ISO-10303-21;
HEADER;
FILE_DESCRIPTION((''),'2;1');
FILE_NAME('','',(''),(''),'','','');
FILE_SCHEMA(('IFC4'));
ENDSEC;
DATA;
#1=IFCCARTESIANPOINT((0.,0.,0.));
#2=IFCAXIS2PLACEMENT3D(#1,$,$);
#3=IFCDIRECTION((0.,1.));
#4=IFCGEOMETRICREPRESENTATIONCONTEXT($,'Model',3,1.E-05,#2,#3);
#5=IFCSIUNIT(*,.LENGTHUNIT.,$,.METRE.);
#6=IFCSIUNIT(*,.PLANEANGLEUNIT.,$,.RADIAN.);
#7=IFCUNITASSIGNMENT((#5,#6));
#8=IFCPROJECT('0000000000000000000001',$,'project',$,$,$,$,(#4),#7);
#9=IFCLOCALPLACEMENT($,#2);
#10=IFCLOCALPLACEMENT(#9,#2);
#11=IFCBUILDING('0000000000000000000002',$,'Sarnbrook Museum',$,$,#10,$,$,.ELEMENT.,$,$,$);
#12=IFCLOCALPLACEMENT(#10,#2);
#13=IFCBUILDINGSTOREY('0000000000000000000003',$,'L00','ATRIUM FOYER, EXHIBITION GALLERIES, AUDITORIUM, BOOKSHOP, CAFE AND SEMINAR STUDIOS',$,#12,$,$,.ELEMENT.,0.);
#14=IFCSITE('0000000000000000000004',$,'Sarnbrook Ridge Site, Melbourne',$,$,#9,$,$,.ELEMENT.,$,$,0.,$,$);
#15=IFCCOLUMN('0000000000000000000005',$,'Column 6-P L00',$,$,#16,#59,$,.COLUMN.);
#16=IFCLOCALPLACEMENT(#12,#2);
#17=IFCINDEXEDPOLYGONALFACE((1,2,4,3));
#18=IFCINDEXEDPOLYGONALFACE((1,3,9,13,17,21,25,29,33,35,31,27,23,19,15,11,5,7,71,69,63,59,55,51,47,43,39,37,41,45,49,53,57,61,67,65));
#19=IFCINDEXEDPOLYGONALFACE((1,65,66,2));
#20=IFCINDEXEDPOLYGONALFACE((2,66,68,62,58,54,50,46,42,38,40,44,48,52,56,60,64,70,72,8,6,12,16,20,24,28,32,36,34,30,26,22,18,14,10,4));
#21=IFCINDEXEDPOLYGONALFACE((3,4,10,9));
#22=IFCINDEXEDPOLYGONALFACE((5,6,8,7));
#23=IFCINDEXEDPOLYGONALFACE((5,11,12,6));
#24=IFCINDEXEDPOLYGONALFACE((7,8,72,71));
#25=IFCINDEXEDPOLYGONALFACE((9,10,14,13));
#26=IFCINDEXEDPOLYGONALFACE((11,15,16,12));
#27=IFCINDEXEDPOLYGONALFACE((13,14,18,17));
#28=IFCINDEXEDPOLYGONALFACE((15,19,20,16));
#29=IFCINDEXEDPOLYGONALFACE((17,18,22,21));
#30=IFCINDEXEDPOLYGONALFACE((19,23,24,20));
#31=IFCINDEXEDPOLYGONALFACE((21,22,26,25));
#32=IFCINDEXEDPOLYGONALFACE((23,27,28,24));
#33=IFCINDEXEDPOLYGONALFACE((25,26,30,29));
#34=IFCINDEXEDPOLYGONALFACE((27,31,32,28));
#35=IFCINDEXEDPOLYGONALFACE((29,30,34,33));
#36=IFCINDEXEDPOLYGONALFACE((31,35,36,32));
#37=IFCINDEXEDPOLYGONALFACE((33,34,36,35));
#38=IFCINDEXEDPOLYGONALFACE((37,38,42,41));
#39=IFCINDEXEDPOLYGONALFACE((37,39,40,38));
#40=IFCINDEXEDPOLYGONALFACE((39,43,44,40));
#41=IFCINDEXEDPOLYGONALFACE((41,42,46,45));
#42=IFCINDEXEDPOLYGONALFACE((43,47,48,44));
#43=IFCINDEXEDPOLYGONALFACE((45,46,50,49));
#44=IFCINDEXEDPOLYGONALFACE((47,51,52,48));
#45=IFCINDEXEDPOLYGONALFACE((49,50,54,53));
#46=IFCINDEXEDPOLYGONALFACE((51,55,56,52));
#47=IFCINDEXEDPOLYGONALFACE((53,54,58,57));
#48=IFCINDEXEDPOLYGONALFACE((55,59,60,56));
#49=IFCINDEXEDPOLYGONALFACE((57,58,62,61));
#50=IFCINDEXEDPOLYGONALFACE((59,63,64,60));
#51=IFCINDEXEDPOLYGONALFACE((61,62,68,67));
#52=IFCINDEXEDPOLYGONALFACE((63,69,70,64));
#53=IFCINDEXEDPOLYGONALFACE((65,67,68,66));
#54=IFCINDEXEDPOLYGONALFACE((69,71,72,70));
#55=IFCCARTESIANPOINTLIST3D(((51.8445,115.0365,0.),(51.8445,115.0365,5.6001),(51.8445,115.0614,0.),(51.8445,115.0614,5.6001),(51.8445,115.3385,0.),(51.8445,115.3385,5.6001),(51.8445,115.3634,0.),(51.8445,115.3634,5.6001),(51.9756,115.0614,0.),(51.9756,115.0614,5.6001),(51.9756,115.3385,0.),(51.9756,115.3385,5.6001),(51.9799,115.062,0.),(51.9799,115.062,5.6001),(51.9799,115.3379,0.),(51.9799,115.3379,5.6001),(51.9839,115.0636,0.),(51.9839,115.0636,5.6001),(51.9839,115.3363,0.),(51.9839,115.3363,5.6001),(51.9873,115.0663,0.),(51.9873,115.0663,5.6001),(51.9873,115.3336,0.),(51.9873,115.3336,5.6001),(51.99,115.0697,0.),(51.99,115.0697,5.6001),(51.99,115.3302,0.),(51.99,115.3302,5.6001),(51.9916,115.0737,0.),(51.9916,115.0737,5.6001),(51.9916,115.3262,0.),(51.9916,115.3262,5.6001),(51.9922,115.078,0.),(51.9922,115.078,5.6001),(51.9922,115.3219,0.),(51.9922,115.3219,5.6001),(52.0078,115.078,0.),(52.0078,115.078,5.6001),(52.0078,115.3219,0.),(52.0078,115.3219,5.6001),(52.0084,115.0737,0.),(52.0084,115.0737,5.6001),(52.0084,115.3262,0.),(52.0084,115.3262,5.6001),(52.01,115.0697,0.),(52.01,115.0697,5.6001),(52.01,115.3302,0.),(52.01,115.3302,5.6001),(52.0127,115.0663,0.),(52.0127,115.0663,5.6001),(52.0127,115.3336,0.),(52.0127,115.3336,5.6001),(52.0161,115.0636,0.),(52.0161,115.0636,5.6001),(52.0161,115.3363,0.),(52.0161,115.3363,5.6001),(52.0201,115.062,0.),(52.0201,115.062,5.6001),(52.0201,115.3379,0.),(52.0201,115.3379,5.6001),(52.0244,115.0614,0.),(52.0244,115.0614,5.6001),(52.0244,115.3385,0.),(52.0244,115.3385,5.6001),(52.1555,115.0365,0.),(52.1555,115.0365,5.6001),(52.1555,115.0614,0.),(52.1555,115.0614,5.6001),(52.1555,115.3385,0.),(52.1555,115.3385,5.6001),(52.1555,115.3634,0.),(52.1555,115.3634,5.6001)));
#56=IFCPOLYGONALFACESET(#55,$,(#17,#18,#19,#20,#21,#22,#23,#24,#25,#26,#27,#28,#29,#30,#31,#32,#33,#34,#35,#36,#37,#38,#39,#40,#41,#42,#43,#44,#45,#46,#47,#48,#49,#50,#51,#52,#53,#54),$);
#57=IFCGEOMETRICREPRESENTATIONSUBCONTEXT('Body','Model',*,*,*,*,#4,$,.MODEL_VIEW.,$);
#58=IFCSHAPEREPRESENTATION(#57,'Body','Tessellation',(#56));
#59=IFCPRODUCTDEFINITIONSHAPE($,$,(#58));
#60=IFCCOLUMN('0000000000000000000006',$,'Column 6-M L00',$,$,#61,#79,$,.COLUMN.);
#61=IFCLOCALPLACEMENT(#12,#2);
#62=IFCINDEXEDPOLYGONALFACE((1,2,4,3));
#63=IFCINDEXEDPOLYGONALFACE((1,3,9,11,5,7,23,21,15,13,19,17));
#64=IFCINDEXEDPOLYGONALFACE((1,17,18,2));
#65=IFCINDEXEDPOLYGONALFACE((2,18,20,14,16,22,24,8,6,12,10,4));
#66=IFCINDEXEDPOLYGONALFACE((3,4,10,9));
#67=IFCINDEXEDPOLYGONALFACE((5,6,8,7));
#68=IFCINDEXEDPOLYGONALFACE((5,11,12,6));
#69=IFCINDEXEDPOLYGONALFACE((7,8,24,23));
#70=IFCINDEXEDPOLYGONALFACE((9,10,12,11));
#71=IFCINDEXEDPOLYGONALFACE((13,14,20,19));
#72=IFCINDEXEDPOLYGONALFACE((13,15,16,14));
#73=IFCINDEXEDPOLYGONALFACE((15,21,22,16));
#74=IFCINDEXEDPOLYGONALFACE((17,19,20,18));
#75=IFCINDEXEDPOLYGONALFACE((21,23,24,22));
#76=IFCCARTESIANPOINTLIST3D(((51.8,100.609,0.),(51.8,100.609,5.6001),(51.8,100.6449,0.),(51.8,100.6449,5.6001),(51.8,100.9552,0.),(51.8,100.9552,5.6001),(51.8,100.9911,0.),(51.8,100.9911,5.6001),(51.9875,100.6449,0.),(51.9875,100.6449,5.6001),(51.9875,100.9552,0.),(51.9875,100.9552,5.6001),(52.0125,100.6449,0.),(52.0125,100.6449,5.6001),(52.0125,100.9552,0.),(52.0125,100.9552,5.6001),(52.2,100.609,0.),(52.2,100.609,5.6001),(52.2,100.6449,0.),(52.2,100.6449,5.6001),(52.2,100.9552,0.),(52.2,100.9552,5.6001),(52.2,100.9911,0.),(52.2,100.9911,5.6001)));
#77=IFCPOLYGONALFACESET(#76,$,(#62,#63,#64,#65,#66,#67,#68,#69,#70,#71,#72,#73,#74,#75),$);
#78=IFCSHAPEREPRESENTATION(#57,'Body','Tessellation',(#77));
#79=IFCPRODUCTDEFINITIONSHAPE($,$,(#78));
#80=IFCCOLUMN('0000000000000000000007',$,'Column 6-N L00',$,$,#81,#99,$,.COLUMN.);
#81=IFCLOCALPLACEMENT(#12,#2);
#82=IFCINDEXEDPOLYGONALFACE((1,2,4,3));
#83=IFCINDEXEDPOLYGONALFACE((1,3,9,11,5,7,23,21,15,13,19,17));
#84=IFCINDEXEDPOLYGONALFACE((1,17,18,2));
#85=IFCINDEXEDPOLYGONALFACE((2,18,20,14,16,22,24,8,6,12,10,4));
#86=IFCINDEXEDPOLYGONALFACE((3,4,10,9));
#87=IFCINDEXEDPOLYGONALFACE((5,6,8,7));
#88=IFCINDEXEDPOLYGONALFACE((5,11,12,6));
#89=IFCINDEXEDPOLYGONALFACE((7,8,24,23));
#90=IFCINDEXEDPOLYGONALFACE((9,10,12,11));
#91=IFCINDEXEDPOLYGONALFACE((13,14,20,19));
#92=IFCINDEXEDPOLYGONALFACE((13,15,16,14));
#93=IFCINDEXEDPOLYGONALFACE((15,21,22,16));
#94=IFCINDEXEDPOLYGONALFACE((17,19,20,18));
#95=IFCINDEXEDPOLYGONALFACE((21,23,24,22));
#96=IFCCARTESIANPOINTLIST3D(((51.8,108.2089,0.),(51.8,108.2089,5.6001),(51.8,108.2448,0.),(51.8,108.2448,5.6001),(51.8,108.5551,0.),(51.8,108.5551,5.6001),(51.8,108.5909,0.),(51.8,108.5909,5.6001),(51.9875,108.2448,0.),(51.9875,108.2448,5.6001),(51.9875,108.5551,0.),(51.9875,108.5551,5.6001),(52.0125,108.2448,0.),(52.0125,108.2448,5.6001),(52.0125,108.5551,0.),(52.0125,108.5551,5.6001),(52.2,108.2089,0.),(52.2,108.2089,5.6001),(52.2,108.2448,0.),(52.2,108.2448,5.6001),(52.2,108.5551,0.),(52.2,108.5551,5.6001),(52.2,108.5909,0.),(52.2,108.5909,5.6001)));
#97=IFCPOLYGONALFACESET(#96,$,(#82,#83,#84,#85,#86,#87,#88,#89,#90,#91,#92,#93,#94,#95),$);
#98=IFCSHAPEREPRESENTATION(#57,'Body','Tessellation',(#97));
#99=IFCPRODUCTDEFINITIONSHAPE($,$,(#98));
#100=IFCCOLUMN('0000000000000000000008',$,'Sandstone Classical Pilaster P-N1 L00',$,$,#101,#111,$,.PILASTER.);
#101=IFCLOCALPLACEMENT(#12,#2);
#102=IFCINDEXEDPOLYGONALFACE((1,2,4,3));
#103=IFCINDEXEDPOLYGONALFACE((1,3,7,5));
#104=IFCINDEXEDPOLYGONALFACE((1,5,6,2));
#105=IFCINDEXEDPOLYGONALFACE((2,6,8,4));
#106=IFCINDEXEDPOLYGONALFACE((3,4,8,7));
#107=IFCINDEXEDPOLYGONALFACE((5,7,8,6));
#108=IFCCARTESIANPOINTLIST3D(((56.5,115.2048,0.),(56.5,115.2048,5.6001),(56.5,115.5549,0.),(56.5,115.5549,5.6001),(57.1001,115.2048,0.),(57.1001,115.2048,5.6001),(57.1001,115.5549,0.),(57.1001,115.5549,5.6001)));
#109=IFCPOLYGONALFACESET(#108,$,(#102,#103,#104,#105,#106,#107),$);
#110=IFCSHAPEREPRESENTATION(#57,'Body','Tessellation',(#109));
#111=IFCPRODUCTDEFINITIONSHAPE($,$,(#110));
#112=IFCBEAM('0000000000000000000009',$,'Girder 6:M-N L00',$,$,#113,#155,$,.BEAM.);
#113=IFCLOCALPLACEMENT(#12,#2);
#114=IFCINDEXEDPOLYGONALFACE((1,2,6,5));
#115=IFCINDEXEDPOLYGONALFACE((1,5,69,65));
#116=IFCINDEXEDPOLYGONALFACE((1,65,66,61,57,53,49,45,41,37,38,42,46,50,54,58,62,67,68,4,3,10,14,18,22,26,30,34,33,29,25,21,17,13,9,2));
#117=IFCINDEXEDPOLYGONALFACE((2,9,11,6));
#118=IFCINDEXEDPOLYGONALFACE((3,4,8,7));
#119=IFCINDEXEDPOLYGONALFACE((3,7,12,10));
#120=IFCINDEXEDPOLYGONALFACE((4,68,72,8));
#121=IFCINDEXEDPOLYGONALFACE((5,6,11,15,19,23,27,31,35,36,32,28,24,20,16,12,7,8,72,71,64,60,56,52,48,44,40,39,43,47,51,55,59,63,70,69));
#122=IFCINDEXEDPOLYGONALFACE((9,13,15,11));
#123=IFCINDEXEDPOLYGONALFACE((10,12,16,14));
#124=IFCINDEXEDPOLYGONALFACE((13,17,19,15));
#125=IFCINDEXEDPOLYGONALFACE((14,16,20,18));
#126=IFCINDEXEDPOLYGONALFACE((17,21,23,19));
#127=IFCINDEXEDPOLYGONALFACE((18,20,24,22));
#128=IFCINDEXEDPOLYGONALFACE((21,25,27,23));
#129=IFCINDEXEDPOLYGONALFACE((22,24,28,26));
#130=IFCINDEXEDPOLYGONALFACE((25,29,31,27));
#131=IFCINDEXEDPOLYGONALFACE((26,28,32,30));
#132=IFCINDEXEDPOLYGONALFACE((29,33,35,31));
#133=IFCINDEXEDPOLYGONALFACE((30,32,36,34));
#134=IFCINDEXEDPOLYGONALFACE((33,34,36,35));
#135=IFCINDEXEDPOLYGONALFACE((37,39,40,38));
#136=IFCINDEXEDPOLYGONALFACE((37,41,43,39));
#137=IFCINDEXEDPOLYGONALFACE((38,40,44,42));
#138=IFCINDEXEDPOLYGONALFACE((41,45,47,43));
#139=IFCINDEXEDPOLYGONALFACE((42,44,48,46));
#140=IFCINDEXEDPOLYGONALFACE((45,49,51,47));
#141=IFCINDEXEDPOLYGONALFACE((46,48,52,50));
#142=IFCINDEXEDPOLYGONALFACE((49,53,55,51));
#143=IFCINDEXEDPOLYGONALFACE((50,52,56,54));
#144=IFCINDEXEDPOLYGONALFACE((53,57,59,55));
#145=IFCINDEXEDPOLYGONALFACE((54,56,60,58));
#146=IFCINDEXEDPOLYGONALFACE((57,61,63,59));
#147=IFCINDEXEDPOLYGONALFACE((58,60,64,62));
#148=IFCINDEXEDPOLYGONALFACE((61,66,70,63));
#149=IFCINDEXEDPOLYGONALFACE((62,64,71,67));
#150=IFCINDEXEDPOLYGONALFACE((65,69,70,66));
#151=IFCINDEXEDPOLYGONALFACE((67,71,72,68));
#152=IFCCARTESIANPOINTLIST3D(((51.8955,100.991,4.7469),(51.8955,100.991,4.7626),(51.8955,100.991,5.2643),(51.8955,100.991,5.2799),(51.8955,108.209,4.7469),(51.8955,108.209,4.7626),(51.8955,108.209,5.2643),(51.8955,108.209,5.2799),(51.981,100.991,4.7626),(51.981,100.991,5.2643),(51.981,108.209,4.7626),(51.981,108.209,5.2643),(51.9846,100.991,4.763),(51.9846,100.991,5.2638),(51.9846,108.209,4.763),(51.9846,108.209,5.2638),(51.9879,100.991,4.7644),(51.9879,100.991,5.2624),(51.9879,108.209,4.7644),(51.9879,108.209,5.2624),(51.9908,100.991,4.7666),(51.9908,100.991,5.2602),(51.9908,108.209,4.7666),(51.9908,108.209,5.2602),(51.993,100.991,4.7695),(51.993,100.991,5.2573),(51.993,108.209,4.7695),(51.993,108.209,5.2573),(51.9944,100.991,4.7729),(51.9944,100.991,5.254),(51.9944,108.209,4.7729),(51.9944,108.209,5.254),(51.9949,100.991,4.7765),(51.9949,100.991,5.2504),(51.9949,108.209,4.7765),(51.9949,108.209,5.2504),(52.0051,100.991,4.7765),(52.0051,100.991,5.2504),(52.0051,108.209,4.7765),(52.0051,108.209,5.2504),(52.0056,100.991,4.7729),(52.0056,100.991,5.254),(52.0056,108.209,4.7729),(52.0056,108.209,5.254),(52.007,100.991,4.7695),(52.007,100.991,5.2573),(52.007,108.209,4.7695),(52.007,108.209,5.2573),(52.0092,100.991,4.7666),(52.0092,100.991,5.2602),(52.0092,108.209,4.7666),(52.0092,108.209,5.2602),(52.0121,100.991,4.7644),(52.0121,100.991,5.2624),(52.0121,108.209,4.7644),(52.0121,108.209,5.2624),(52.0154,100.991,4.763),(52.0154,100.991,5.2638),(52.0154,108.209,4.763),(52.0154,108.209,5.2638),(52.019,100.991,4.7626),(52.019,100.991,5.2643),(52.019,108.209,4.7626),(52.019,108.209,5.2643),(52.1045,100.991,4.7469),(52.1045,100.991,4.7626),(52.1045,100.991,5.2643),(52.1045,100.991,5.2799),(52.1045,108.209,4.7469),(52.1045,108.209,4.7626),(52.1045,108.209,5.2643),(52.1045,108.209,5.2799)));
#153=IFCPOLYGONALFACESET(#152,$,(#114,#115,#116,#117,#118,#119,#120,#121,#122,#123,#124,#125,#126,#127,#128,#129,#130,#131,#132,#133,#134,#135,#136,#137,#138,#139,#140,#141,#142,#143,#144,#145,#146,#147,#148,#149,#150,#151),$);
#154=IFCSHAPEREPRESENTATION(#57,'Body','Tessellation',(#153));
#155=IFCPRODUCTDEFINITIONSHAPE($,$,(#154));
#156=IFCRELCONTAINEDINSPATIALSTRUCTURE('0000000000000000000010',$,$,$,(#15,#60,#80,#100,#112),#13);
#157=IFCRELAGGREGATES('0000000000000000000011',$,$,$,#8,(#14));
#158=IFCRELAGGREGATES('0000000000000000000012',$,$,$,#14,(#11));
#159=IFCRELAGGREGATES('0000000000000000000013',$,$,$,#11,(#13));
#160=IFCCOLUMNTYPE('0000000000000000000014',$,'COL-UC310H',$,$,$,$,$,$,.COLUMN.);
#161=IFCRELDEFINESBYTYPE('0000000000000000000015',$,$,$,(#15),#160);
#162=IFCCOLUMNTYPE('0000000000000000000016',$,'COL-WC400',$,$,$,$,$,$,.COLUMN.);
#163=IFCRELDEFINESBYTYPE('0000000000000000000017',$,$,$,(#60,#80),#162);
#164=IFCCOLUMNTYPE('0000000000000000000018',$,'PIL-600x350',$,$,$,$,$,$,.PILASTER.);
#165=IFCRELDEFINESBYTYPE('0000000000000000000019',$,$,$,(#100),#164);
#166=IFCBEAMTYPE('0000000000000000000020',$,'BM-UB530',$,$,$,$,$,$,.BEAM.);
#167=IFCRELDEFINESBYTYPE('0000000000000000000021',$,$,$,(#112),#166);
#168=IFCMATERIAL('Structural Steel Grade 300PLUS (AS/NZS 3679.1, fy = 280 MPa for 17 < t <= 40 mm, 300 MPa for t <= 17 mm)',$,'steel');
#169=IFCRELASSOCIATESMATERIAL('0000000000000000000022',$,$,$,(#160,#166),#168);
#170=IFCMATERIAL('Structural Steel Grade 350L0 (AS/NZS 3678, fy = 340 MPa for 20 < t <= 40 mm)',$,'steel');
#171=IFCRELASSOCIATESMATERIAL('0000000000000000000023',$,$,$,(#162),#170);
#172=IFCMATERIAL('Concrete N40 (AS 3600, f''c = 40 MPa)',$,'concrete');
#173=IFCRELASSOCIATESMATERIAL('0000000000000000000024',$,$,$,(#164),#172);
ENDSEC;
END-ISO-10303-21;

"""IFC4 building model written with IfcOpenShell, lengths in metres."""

from ifc_helpers import new_model, si_unit, direction, frame, origin, origin_2d, place, context, subcontext, project, spatial, rectangle, i_section, extrude, material, material_profile, profile_set, type_object, element, save


model = new_model("IFC4")

# Units and contexts
model_context = context("Model", 3, precision=1e-05, world=origin(), true_north=direction((0.0, 1.0)))
body_context = subcontext(model_context, "Body", "Model", "MODEL_VIEW")
ifc_project = project(units=[si_unit("LENGTHUNIT", "METRE"), si_unit("PLANEANGLEUNIT", "RADIAN")], contexts=[model_context])

# Site, building, storey
site_placement = place(None, origin())
site = spatial("IfcSite", under=ifc_project, at=site_placement, Name="Sarnbrook Ridge Site, Melbourne", CompositionType="ELEMENT", RefElevation=0.0)
building_placement = place(site_placement, origin())
building = spatial("IfcBuilding", under=site, at=building_placement, Name="Sarnbrook Museum", CompositionType="ELEMENT")
storey_placement = place(building_placement, origin())
storey = spatial("IfcBuildingStorey", under=building, at=storey_placement, Name="L00", Description="ATRIUM FOYER, EXHIBITION GALLERIES, AUDITORIUM, BOOKSHOP, CAFE AND SEMINAR STUDIOS", CompositionType="ELEMENT", Elevation=0.0)

# Columns
ifc_material_1 = material(Name="Structural Steel Grade 300PLUS (AS/NZS 3679.1, fy = 280 MPa for 17 < t <= 40 mm, 300 MPa for t <= 17 mm)", Category="steel")
ifc_material_profile_1 = material_profile(ifc_material_1, i_section(OverallWidth=0.311, OverallDepth=0.3269, WebThickness=0.0156, FlangeThickness=0.0249, FilletRadius=0.0166, at=origin_2d()), Name="310UC158")
ifc_profile_set_1 = profile_set([ifc_material_profile_1], Name="Structural Steel Grade 300PLUS (AS/NZS 3679.1, fy = 280 MPa for 17 < t <= 40 mm, 300 MPa for t <= 17 mm)")
column_type_1 = type_object("IfcColumnType", Name="COL-UC310H", PredefinedType="COLUMN", material=ifc_profile_set_1)
column_1_placement = place(storey_placement, frame((52.0, 115.2, 0.0), z_axis=(0.0, 0.0, 1.0), x_axis=(1.0, 0.0, 0.0)))
element("IfcColumn", 1, at=column_1_placement, inside=storey, type_object=column_type_1, Name="Column 6-P L00", PredefinedType="COLUMN", context=body_context, shape_type="SweptSolid", body=[
    extrude(i_section(OverallWidth=0.311, OverallDepth=0.3269, WebThickness=0.0156, FlangeThickness=0.0249, FilletRadius=0.0166, at=origin_2d()), origin(), (0.0, 0.0, 1.0), 5.6001),
])
ifc_material_2 = material(Name="Structural Steel Grade 350L0 (AS/NZS 3678, fy = 340 MPa for 20 < t <= 40 mm)", Category="steel")
ifc_material_profile_2 = material_profile(ifc_material_2, i_section(OverallWidth=0.3999, OverallDepth=0.3821, WebThickness=0.0249, FlangeThickness=0.0359, at=origin_2d()), Name="400WC270")
ifc_profile_set_2 = profile_set([ifc_material_profile_2], Name="Structural Steel Grade 350L0 (AS/NZS 3678, fy = 340 MPa for 20 < t <= 40 mm)")
column_type_2 = type_object("IfcColumnType", Name="COL-WC400", PredefinedType="COLUMN", material=ifc_profile_set_2)
for number, where, z_axis, x_axis, name in (
    (2, (52.0, 100.8, 0.0), (0.0, 0.0, 1.0), (1.0, 0.0, 0.0), "Column 6-M L00"),
    (3, (52.0, 108.3999, 0.0), (0.0, 0.0, 1.0), (1.0, 0.0, 0.0), "Column 6-N L00"),
):
    element("IfcColumn", number, at=place(storey_placement, frame(where, z_axis=z_axis, x_axis=x_axis)), inside=storey, type_object=column_type_2, Name=name, PredefinedType="COLUMN", context=body_context, shape_type="SweptSolid", body=[
        extrude(i_section(OverallWidth=0.3999, OverallDepth=0.3821, WebThickness=0.0249, FlangeThickness=0.0359, at=origin_2d()), origin(), (0.0, 0.0, 1.0), 5.6001),
    ])
ifc_material_3 = material(Name="Concrete N40 (AS 3600, f'c = 40 MPa)", Category="concrete")
ifc_material_profile_3 = material_profile(ifc_material_3, rectangle(XDim=0.6001, YDim=0.3501, at=origin_2d()), Name="PILASTER 600x350")
ifc_profile_set_3 = profile_set([ifc_material_profile_3], Name="Concrete N40 (AS 3600, f'c = 40 MPa)")
column_type_3 = type_object("IfcColumnType", Name="PIL-600x350", PredefinedType="PILASTER", material=ifc_profile_set_3)
column_2_placement = place(storey_placement, frame((56.8, 115.3799, 0.0), z_axis=(0.0, 0.0, 1.0), x_axis=(1.0, 0.0, 0.0)))
element("IfcColumn", 4, at=column_2_placement, inside=storey, type_object=column_type_3, Name="Sandstone Classical Pilaster P-N1 L00", PredefinedType="PILASTER", context=body_context, shape_type="SweptSolid", body=[
    extrude(rectangle(XDim=0.6001, YDim=0.3501, at=origin_2d()), origin(), (0.0, 0.0, 1.0), 5.6001),
])

# Beam
ifc_material_profile_4 = material_profile(ifc_material_1, i_section(OverallWidth=0.209, OverallDepth=0.533, WebThickness=0.0103, FlangeThickness=0.0156, FilletRadius=0.0139, at=origin_2d()), Name="530UB92.4")
ifc_profile_set_4 = profile_set([ifc_material_profile_4], Name="Structural Steel Grade 300PLUS (AS/NZS 3679.1, fy = 280 MPa for 17 < t <= 40 mm, 300 MPa for t <= 17 mm)")
beam_type_1 = type_object("IfcBeamType", Name="BM-UB530", PredefinedType="BEAM", material=ifc_profile_set_4)
beam_1_placement = place(storey_placement, frame((52.0, 100.991, 5.0134), z_axis=(0.0, 1.0, 0.0), x_axis=(-1.0, 0.0, 0.0)))
element("IfcBeam", 5, at=beam_1_placement, inside=storey, type_object=beam_type_1, Name="Girder 6:M-N L00", PredefinedType="BEAM", context=body_context, shape_type="SweptSolid", body=[
    extrude(i_section(OverallWidth=0.209, OverallDepth=0.533, WebThickness=0.0103, FlangeThickness=0.0156, FilletRadius=0.0139, at=origin_2d()), origin(), (0.0, 0.0, 1.0), 7.218),
])

save(model, "model.ifc")
